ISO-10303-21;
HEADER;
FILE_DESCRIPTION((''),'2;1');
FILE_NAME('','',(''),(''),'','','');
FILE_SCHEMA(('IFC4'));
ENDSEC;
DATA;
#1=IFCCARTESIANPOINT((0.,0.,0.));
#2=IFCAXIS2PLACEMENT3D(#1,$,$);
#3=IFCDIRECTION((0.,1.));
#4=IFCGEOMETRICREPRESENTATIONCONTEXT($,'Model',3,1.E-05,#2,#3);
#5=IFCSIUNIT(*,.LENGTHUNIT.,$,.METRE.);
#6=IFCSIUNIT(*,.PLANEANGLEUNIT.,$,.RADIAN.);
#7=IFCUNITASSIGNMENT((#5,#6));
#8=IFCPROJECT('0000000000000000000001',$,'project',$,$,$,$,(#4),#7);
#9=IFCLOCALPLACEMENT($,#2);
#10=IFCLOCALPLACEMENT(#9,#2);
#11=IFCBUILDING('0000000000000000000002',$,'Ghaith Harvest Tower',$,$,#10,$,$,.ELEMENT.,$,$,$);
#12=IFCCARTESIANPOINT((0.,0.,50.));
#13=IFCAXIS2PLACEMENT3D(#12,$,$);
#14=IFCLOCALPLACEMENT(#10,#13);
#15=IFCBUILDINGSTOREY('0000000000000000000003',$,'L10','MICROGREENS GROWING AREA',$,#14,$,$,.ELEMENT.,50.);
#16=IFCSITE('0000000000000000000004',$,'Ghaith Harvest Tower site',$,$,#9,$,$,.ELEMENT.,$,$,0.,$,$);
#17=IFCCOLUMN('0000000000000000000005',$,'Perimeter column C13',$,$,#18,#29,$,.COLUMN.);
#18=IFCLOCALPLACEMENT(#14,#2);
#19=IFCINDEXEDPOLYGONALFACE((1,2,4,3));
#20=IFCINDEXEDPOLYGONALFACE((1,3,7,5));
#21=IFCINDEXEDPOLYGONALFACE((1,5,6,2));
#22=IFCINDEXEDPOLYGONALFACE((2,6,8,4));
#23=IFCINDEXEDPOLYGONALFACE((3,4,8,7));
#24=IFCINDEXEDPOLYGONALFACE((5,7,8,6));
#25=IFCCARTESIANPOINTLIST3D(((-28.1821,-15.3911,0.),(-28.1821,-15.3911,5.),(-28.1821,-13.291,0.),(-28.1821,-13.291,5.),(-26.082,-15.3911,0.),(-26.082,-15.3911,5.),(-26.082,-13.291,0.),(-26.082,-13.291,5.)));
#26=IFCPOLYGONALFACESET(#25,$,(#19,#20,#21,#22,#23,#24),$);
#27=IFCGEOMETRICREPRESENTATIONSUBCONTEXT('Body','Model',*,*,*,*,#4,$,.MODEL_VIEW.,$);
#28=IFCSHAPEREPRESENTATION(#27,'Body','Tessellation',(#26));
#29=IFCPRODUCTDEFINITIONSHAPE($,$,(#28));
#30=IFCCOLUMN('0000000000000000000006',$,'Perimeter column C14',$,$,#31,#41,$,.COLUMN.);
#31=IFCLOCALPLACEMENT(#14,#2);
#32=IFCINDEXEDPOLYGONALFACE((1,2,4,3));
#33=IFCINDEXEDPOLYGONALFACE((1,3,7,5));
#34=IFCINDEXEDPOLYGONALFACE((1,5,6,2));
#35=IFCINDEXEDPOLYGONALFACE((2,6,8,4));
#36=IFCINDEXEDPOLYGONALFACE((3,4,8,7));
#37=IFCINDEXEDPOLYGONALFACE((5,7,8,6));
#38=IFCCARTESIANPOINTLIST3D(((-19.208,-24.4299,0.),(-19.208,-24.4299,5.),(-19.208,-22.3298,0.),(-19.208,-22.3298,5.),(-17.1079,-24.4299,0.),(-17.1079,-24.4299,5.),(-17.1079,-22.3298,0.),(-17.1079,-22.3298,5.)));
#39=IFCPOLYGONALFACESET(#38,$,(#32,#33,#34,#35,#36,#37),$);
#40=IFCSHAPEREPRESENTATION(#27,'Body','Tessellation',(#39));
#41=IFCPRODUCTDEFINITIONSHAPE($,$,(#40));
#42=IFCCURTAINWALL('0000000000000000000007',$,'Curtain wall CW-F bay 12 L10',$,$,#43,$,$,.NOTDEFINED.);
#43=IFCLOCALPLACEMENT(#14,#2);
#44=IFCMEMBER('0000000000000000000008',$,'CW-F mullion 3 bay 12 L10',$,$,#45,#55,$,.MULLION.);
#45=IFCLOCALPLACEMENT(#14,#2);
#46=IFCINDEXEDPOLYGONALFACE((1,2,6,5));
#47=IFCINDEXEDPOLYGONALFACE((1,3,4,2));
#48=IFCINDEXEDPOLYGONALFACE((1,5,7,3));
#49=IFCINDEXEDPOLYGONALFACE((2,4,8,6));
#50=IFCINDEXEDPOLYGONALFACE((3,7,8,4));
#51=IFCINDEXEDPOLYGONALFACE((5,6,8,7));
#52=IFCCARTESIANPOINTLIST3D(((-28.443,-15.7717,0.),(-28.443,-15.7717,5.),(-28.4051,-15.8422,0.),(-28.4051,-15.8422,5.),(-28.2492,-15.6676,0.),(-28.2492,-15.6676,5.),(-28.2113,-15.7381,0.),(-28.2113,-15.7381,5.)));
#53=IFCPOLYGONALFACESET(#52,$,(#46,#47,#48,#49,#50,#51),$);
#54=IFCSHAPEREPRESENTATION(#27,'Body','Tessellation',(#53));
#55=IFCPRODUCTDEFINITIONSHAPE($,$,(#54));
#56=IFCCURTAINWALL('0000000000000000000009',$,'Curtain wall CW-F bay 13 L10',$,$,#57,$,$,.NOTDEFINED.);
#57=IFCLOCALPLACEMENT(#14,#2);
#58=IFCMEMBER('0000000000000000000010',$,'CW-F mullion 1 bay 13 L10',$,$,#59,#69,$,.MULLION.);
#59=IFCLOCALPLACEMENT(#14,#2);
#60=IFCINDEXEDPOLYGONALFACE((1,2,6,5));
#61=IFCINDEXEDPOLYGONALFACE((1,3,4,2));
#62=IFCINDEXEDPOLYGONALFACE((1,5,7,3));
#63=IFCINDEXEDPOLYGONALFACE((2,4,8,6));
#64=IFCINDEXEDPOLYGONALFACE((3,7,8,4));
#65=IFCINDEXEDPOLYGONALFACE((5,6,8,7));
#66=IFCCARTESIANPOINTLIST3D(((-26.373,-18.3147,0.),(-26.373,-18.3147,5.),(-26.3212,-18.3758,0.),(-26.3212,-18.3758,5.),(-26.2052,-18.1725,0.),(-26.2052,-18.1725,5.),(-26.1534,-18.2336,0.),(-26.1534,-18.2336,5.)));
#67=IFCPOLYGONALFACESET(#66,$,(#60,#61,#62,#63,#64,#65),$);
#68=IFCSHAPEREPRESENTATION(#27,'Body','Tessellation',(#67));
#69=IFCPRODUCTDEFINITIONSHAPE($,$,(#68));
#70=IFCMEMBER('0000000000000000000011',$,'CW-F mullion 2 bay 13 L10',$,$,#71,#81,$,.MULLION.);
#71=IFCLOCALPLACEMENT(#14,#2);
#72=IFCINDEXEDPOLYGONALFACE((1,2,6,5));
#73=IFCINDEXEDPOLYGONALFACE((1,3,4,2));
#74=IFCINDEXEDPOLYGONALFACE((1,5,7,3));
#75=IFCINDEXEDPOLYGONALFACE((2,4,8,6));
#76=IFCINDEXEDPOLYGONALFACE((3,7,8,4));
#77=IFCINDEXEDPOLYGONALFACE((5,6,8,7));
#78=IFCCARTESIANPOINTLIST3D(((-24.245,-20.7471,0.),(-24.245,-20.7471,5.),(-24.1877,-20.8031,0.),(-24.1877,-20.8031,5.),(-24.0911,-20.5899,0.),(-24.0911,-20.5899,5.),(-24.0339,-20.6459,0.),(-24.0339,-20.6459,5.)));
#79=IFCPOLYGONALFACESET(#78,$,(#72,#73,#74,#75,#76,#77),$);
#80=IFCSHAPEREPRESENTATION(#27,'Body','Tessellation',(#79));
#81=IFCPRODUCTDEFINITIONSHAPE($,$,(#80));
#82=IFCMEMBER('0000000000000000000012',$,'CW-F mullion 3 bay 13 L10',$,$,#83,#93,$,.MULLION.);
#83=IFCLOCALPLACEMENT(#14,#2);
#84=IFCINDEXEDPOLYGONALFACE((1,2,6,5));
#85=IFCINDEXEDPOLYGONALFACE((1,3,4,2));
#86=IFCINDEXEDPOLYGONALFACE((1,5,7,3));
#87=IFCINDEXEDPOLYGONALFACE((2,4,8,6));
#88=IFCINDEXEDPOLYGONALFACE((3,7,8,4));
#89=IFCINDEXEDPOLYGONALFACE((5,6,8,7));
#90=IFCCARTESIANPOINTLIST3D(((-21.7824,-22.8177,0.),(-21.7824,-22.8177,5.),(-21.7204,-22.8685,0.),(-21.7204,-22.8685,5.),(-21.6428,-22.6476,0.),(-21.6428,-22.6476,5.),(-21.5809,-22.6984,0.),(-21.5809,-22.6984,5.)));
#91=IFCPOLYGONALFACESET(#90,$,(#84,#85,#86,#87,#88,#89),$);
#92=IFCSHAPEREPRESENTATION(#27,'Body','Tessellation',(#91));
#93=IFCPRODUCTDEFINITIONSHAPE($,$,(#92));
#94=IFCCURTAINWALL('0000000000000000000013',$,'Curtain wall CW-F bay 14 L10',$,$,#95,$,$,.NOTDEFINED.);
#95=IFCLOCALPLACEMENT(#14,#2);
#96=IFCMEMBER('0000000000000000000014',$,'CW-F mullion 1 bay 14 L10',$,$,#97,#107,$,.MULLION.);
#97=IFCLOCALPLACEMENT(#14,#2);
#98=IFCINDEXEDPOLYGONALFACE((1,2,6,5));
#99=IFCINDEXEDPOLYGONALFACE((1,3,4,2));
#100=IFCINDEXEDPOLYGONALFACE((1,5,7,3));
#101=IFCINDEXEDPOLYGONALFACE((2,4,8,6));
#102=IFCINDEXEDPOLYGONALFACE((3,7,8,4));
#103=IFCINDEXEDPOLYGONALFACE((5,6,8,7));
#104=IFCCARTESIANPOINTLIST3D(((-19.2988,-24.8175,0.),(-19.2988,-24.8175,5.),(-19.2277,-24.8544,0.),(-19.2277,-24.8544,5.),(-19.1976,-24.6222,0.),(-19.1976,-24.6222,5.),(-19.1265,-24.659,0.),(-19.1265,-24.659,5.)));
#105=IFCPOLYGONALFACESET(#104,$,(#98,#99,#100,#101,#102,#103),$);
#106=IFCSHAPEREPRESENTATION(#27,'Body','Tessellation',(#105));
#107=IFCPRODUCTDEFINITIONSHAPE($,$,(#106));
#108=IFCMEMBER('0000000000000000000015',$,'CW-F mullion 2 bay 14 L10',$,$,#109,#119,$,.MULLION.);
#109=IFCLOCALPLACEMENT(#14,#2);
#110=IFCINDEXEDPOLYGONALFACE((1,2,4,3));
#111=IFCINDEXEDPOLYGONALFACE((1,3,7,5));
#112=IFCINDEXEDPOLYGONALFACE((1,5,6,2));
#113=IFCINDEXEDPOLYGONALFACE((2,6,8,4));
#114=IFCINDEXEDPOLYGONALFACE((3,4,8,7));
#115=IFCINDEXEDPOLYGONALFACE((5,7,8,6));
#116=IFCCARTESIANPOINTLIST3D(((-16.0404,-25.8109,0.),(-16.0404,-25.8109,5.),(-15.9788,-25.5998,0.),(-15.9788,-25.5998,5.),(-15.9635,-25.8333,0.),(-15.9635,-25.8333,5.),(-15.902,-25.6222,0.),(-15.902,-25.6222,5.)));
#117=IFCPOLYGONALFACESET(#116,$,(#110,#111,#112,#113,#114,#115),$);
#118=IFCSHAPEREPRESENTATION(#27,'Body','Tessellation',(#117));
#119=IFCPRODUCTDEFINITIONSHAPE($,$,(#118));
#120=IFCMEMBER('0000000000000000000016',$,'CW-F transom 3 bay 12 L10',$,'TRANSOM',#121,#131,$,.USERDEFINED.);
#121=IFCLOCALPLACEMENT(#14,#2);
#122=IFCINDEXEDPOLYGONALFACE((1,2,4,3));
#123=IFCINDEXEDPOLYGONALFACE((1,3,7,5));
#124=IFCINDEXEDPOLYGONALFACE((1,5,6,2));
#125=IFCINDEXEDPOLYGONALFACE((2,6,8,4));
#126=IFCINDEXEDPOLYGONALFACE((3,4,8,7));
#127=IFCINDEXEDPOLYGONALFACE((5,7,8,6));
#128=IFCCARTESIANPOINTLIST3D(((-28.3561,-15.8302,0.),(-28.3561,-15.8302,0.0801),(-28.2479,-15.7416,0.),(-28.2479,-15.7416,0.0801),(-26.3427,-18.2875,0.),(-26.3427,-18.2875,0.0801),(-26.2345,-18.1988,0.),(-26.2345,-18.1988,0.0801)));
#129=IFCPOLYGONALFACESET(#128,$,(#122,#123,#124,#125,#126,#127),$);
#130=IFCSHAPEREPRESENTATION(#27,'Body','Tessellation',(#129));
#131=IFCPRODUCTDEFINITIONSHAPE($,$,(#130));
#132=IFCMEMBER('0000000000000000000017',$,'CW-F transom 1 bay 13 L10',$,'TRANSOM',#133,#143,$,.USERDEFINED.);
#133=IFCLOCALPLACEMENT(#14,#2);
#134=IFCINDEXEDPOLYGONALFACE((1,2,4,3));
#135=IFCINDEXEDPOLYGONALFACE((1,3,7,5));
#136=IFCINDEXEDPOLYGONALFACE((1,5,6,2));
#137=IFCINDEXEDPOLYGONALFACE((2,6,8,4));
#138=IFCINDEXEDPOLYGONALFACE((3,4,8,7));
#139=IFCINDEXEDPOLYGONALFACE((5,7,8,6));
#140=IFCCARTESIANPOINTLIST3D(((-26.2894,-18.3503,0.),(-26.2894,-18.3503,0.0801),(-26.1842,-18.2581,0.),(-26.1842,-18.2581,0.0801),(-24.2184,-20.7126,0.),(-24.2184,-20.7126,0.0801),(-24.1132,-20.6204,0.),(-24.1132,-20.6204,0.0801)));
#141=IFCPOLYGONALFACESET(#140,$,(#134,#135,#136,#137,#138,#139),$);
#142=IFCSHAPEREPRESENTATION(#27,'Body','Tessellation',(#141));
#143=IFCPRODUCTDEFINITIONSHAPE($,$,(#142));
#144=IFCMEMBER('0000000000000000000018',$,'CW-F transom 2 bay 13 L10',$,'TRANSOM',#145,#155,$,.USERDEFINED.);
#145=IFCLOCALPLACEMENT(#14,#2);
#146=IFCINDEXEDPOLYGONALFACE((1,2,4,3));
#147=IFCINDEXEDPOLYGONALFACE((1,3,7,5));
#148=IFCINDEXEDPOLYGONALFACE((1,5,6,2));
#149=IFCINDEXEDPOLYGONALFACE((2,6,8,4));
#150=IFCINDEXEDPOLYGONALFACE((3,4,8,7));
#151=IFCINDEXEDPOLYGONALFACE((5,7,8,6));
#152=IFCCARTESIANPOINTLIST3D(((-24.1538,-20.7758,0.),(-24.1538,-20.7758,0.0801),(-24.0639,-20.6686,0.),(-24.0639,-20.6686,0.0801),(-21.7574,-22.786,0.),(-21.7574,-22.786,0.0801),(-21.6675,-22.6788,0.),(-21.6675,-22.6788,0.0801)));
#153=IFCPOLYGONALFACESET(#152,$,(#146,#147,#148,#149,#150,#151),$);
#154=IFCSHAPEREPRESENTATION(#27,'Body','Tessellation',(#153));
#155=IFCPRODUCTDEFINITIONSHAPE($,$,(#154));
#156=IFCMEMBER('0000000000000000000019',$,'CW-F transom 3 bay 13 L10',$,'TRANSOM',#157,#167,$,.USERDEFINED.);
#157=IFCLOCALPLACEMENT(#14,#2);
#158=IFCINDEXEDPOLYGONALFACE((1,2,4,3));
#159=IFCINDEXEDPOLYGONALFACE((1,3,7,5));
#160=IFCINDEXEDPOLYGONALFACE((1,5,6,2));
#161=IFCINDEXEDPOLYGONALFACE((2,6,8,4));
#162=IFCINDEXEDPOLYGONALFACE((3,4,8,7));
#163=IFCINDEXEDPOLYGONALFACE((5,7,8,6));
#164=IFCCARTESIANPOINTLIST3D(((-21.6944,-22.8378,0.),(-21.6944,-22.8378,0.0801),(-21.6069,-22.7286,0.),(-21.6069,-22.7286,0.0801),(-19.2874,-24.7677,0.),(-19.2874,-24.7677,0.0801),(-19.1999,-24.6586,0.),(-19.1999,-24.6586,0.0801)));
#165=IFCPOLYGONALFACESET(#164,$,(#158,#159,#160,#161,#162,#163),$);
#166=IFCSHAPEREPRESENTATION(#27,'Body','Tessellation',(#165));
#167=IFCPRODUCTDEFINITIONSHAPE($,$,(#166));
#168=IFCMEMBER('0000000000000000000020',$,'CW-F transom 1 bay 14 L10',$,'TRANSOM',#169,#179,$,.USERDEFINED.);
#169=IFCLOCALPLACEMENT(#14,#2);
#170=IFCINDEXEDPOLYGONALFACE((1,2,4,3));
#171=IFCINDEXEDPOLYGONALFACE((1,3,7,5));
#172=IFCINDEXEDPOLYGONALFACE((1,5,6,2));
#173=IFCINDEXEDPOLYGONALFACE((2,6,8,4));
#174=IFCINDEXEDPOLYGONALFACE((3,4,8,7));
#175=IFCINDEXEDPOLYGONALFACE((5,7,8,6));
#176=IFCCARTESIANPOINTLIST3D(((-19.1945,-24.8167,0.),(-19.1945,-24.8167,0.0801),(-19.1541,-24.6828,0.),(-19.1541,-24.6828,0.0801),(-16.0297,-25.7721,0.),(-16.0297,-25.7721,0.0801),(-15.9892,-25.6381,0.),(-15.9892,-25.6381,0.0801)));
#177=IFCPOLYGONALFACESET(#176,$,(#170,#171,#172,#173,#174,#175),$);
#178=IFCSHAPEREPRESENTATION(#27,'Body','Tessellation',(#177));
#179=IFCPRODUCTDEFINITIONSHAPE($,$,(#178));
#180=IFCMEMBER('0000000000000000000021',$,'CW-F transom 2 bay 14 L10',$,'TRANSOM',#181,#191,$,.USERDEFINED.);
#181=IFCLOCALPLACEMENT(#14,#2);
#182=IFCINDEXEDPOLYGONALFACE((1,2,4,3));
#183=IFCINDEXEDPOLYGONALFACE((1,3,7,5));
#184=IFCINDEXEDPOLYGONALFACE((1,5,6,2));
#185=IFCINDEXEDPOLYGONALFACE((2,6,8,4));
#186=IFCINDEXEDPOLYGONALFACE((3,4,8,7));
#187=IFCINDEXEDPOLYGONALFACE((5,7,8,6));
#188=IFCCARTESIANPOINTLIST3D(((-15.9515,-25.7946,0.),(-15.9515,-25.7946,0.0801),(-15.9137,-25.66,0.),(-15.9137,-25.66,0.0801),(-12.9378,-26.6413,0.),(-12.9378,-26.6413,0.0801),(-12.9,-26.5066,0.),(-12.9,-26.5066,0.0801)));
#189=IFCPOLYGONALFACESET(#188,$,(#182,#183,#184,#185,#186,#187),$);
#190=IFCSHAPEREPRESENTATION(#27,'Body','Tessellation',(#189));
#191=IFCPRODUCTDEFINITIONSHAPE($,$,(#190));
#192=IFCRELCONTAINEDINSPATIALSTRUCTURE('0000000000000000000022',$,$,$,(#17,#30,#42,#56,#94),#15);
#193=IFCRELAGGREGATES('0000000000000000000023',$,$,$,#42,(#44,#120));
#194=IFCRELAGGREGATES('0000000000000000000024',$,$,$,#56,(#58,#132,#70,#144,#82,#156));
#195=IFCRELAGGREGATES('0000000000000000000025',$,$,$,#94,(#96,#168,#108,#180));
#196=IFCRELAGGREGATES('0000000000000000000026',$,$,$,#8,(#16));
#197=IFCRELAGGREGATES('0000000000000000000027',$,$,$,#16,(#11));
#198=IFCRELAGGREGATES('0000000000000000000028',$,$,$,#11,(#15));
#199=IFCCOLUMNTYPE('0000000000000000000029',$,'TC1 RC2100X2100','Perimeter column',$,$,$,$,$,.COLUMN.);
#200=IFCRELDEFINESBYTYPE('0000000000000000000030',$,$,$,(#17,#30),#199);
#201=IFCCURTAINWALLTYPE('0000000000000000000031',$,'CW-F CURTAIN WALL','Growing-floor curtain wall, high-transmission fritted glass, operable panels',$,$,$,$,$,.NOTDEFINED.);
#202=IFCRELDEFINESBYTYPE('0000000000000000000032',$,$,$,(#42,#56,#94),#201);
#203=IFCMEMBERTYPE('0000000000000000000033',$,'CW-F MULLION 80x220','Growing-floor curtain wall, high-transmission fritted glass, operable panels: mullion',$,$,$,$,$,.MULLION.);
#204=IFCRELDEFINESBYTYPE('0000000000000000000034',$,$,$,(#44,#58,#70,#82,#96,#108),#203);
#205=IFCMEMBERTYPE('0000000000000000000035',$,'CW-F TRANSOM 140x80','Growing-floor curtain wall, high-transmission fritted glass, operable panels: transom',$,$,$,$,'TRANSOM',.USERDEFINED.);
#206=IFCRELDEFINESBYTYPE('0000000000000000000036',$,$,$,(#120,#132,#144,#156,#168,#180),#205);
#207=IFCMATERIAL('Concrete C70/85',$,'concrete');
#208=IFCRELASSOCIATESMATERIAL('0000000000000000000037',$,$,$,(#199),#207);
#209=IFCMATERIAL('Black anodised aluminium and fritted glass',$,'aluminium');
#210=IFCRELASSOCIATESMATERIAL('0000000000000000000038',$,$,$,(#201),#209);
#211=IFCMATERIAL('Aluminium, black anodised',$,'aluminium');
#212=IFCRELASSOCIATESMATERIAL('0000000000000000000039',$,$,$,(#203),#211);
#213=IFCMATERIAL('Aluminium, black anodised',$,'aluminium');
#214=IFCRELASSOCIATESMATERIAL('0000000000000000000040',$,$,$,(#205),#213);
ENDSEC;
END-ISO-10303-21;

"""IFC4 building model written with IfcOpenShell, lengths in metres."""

from ifc_helpers import new_model, si_unit, direction, frame, origin, origin_2d, place, context, subcontext, project, spatial, rectangle, extrude, material, material_profile, profile_set, type_object, element, aggregate, save


model = new_model("IFC4")

# Units and contexts
model_context = context("Model", 3, precision=1e-05, world=origin(), true_north=direction((0.0, 1.0)))
body_context = subcontext(model_context, "Body", "Model", "MODEL_VIEW")
ifc_project = project(units=[si_unit("LENGTHUNIT", "METRE"), si_unit("PLANEANGLEUNIT", "RADIAN")], contexts=[model_context])

# Site, building, storey
site_placement = place(None, origin())
site = spatial("IfcSite", under=ifc_project, at=site_placement, Name="Ghaith Harvest Tower site", CompositionType="ELEMENT", RefElevation=0.0)
building_placement = place(site_placement, origin())
building = spatial("IfcBuilding", under=site, at=building_placement, Name="Ghaith Harvest Tower", CompositionType="ELEMENT")
storey_placement = place(building_placement, frame((0.0, 0.0, 50.0)))
storey = spatial("IfcBuildingStorey", under=building, at=storey_placement, Name="L10", Description="MICROGREENS GROWING AREA", CompositionType="ELEMENT", Elevation=50.0)

# Columns
ifc_material_1 = material(Name="Concrete C70/85", Category="concrete")
ifc_material_profile_1 = material_profile(ifc_material_1, rectangle(XDim=2.1001, YDim=2.1001, at=origin_2d()), Name="RC2100X2100")
ifc_profile_set_1 = profile_set([ifc_material_profile_1], Name="Concrete C70/85")
column_type = type_object("IfcColumnType", Name="TC1 RC2100X2100", Description="Perimeter column", PredefinedType="COLUMN", material=ifc_profile_set_1)
for number, where, z_axis, x_axis, name in (
    (1, (-27.1321, -14.3411, 0.0), (0.0, 0.0, 1.0), (1.0, 0.0, 0.0), "Perimeter column C13"),
    (2, (-18.158, -23.3799, 0.0), (0.0, 0.0, 1.0), (1.0, 0.0, 0.0), "Perimeter column C14"),
):
    element("IfcColumn", number, at=place(storey_placement, frame(where, z_axis=z_axis, x_axis=x_axis)), inside=storey, type_object=column_type, Name=name, PredefinedType="COLUMN", context=body_context, shape_type="SweptSolid", body=[
        extrude(rectangle(XDim=2.1001, YDim=2.1001, at=origin_2d()), origin(), (0.0, 0.0, 1.0), 5.0),
    ])

# Curtain wall, member
ifc_material_2 = material(Name="Black anodised aluminium and fritted glass", Category="aluminium")
curtain_wall_type = type_object("IfcCurtainWallType", Name="CW-F CURTAIN WALL", Description="Growing-floor curtain wall, high-transmission fritted glass, operable panels", PredefinedType="NOTDEFINED", material=ifc_material_2)
curtain_wall_1_placement = place(storey_placement, origin())
curtain_wall_1 = element("IfcCurtainWall", 3, at=curtain_wall_1_placement, inside=storey, type_object=curtain_wall_type, Name="Curtain wall CW-F bay 12 L10", PredefinedType="NOTDEFINED")
ifc_material_3 = material(Name="Aluminium, black anodised", Category="aluminium")
ifc_material_profile_2 = material_profile(ifc_material_3, rectangle(XDim=0.0801, YDim=0.22, at=origin_2d()), Name="CW-F MULLION 80x220")
ifc_profile_set_2 = profile_set([ifc_material_profile_2], Name="Aluminium, black anodised")
member_type_1 = type_object("IfcMemberType", Name="CW-F MULLION 80x220", Description="Growing-floor curtain wall, high-transmission fritted glass, operable panels: mullion", PredefinedType="MULLION", material=ifc_profile_set_2)
member_1_placement = place(storey_placement, frame((-28.3271, -15.7549, 0.0), z_axis=(0.0, 0.0, 1.0), x_axis=(0.473265, -0.88092, 0.0)))
member_1 = element("IfcMember", 4, at=member_1_placement, type_object=member_type_1, Name="CW-F mullion 3 bay 12 L10", PredefinedType="MULLION", context=body_context, shape_type="SweptSolid", body=[
    extrude(rectangle(XDim=0.0801, YDim=0.22, at=origin_2d()), origin(), (0.0, 0.0, 1.0), 5.0),
])

# Curtain walls, members
curtain_wall_2_placement = place(storey_placement, origin())
curtain_wall_2 = element("IfcCurtainWall", 5, at=curtain_wall_2_placement, inside=storey, type_object=curtain_wall_type, Name="Curtain wall CW-F bay 13 L10", PredefinedType="NOTDEFINED")
member_2_placement = place(storey_placement, frame((-26.2632, -18.2742, 0.0), z_axis=(0.0, 0.0, 1.0), x_axis=(0.646524, -0.762894, 0.0)))
member_2 = element("IfcMember", 6, at=member_2_placement, type_object=member_type_1, Name="CW-F mullion 1 bay 13 L10", PredefinedType="MULLION", context=body_context, shape_type="SweptSolid", body=[
    extrude(rectangle(XDim=0.0801, YDim=0.22, at=origin_2d()), origin(), (0.0, 0.0, 1.0), 5.0),
])
member_3_placement = place(storey_placement, frame((-24.1394, -20.6965, 0.0), z_axis=(0.0, 0.0, 1.0), x_axis=(0.714663, -0.699469, 0.0)))
member_3 = element("IfcMember", 7, at=member_3_placement, type_object=member_type_1, Name="CW-F mullion 2 bay 13 L10", PredefinedType="MULLION", context=body_context, shape_type="SweptSolid", body=[
    extrude(rectangle(XDim=0.0801, YDim=0.22, at=origin_2d()), origin(), (0.0, 0.0, 1.0), 5.0),
])
member_4_placement = place(storey_placement, frame((-21.6816, -22.7581, 0.0), z_axis=(0.0, 0.0, 1.0), x_axis=(0.773139, -0.634237, 0.0)))
member_4 = element("IfcMember", 8, at=member_4_placement, type_object=member_type_1, Name="CW-F mullion 3 bay 13 L10", PredefinedType="MULLION", context=body_context, shape_type="SweptSolid", body=[
    extrude(rectangle(XDim=0.0801, YDim=0.22, at=origin_2d()), origin(), (0.0, 0.0, 1.0), 5.0),
])
curtain_wall_3_placement = place(storey_placement, origin())
curtain_wall_3 = element("IfcCurtainWall", 9, at=curtain_wall_3_placement, inside=storey, type_object=curtain_wall_type, Name="Curtain wall CW-F bay 14 L10", PredefinedType="NOTDEFINED")
member_5_placement = place(storey_placement, frame((-19.2126, -24.7383, 0.0), z_axis=(0.0, 0.0, 1.0), x_axis=(0.887912, -0.460013, 0.0)))
member_5 = element("IfcMember", 10, at=member_5_placement, type_object=member_type_1, Name="CW-F mullion 1 bay 14 L10", PredefinedType="MULLION", context=body_context, shape_type="SweptSolid", body=[
    extrude(rectangle(XDim=0.0801, YDim=0.22, at=origin_2d()), origin(), (0.0, 0.0, 1.0), 5.0),
])
member_6_placement = place(storey_placement, frame((-15.9712, -25.7166, 0.0), z_axis=(0.0, 0.0, 1.0), x_axis=(0.960009, -0.27997, 0.0)))
member_6 = element("IfcMember", 11, at=member_6_placement, type_object=member_type_1, Name="CW-F mullion 2 bay 14 L10", PredefinedType="MULLION", context=body_context, shape_type="SweptSolid", body=[
    extrude(rectangle(XDim=0.0801, YDim=0.22, at=origin_2d()), origin(), (0.0, 0.0, 1.0), 5.0),
])

# Members
ifc_material_4 = material(Name="Aluminium, black anodised", Category="aluminium")
ifc_material_profile_3 = material_profile(ifc_material_4, rectangle(XDim=0.1399, YDim=0.0801, at=origin_2d()), Name="CW-F TRANSOM 140x80")
ifc_profile_set_3 = profile_set([ifc_material_profile_3], Name="Aluminium, black anodised")
member_type_2 = type_object("IfcMemberType", Name="CW-F TRANSOM 140x80", Description="Growing-floor curtain wall, high-transmission fritted glass, operable panels: transom", ElementType="TRANSOM", PredefinedType="USERDEFINED", material=ifc_profile_set_3)
member_7_placement = place(storey_placement, frame((-28.302, -15.7859, 0.04), z_axis=(0.63379, -0.773505, 0.0), x_axis=(0.773505, 0.63379, 0.0)))
member_7 = element("IfcMember", 12, at=member_7_placement, type_object=member_type_2, Name="CW-F transom 3 bay 12 L10", ObjectType="TRANSOM", PredefinedType="USERDEFINED", context=body_context, shape_type="SweptSolid", body=[
    extrude(rectangle(XDim=0.1399, YDim=0.0801, at=origin_2d()), origin(), (0.0, 0.0, 1.0), 3.1768),
])
member_8_placement = place(storey_placement, frame((-26.2368, -18.3042, 0.04), z_axis=(0.659231, -0.751941, 0.0), x_axis=(0.751941, 0.659231, 0.0)))
member_8 = element("IfcMember", 13, at=member_8_placement, type_object=member_type_2, Name="CW-F transom 1 bay 13 L10", ObjectType="TRANSOM", PredefinedType="USERDEFINED", context=body_context, shape_type="SweptSolid", body=[
    extrude(rectangle(XDim=0.1399, YDim=0.0801, at=origin_2d()), origin(), (0.0, 0.0, 1.0), 3.1416),
])
member_9_placement = place(storey_placement, frame((-24.1089, -20.7222, 0.04), z_axis=(0.766144, -0.642668, 0.0), x_axis=(0.642668, 0.766144, 0.0)))
member_9 = element("IfcMember", 14, at=member_9_placement, type_object=member_type_2, Name="CW-F transom 2 bay 13 L10", ObjectType="TRANSOM", PredefinedType="USERDEFINED", context=body_context, shape_type="SweptSolid", body=[
    extrude(rectangle(XDim=0.1399, YDim=0.0801, at=origin_2d()), origin(), (0.0, 0.0, 1.0), 3.1279),
])
member_10_placement = place(storey_placement, frame((-21.6506, -22.7832, 0.04), z_axis=(0.780181, -0.625554, 0.0), x_axis=(0.625554, 0.780181, 0.0)))
member_10 = element("IfcMember", 15, at=member_10_placement, type_object=member_type_2, Name="CW-F transom 3 bay 13 L10", ObjectType="TRANSOM", PredefinedType="USERDEFINED", context=body_context, shape_type="SweptSolid", body=[
    extrude(rectangle(XDim=0.1399, YDim=0.0801, at=origin_2d()), origin(), (0.0, 0.0, 1.0), 3.0852),
])
member_11_placement = place(storey_placement, frame((-19.1743, -24.7498, 0.04), z_axis=(0.957335, -0.28898, 0.0), x_axis=(0.28898, 0.957335, 0.0)))
member_11 = element("IfcMember", 16, at=member_11_placement, type_object=member_type_2, Name="CW-F transom 1 bay 14 L10", ObjectType="TRANSOM", PredefinedType="USERDEFINED", context=body_context, shape_type="SweptSolid", body=[
    extrude(rectangle(XDim=0.1399, YDim=0.0801, at=origin_2d()), origin(), (0.0, 0.0, 1.0), 3.3059),
])
member_12_placement = place(storey_placement, frame((-15.9326, -25.7273, 0.04), z_axis=(0.962727, -0.270475, 0.0), x_axis=(0.270475, 0.962727, 0.0)))
member_12 = element("IfcMember", 17, at=member_12_placement, type_object=member_type_2, Name="CW-F transom 2 bay 14 L10", ObjectType="TRANSOM", PredefinedType="USERDEFINED", context=body_context, shape_type="SweptSolid", body=[
    extrude(rectangle(XDim=0.1399, YDim=0.0801, at=origin_2d()), origin(), (0.0, 0.0, 1.0), 3.1304),
])

aggregate(curtain_wall_1, [member_1, member_7])
aggregate(curtain_wall_2, [member_2, member_8, member_3, member_9, member_4, member_10])
aggregate(curtain_wall_3, [member_5, member_11, member_6, member_12])

save(model, "model.ifc")
